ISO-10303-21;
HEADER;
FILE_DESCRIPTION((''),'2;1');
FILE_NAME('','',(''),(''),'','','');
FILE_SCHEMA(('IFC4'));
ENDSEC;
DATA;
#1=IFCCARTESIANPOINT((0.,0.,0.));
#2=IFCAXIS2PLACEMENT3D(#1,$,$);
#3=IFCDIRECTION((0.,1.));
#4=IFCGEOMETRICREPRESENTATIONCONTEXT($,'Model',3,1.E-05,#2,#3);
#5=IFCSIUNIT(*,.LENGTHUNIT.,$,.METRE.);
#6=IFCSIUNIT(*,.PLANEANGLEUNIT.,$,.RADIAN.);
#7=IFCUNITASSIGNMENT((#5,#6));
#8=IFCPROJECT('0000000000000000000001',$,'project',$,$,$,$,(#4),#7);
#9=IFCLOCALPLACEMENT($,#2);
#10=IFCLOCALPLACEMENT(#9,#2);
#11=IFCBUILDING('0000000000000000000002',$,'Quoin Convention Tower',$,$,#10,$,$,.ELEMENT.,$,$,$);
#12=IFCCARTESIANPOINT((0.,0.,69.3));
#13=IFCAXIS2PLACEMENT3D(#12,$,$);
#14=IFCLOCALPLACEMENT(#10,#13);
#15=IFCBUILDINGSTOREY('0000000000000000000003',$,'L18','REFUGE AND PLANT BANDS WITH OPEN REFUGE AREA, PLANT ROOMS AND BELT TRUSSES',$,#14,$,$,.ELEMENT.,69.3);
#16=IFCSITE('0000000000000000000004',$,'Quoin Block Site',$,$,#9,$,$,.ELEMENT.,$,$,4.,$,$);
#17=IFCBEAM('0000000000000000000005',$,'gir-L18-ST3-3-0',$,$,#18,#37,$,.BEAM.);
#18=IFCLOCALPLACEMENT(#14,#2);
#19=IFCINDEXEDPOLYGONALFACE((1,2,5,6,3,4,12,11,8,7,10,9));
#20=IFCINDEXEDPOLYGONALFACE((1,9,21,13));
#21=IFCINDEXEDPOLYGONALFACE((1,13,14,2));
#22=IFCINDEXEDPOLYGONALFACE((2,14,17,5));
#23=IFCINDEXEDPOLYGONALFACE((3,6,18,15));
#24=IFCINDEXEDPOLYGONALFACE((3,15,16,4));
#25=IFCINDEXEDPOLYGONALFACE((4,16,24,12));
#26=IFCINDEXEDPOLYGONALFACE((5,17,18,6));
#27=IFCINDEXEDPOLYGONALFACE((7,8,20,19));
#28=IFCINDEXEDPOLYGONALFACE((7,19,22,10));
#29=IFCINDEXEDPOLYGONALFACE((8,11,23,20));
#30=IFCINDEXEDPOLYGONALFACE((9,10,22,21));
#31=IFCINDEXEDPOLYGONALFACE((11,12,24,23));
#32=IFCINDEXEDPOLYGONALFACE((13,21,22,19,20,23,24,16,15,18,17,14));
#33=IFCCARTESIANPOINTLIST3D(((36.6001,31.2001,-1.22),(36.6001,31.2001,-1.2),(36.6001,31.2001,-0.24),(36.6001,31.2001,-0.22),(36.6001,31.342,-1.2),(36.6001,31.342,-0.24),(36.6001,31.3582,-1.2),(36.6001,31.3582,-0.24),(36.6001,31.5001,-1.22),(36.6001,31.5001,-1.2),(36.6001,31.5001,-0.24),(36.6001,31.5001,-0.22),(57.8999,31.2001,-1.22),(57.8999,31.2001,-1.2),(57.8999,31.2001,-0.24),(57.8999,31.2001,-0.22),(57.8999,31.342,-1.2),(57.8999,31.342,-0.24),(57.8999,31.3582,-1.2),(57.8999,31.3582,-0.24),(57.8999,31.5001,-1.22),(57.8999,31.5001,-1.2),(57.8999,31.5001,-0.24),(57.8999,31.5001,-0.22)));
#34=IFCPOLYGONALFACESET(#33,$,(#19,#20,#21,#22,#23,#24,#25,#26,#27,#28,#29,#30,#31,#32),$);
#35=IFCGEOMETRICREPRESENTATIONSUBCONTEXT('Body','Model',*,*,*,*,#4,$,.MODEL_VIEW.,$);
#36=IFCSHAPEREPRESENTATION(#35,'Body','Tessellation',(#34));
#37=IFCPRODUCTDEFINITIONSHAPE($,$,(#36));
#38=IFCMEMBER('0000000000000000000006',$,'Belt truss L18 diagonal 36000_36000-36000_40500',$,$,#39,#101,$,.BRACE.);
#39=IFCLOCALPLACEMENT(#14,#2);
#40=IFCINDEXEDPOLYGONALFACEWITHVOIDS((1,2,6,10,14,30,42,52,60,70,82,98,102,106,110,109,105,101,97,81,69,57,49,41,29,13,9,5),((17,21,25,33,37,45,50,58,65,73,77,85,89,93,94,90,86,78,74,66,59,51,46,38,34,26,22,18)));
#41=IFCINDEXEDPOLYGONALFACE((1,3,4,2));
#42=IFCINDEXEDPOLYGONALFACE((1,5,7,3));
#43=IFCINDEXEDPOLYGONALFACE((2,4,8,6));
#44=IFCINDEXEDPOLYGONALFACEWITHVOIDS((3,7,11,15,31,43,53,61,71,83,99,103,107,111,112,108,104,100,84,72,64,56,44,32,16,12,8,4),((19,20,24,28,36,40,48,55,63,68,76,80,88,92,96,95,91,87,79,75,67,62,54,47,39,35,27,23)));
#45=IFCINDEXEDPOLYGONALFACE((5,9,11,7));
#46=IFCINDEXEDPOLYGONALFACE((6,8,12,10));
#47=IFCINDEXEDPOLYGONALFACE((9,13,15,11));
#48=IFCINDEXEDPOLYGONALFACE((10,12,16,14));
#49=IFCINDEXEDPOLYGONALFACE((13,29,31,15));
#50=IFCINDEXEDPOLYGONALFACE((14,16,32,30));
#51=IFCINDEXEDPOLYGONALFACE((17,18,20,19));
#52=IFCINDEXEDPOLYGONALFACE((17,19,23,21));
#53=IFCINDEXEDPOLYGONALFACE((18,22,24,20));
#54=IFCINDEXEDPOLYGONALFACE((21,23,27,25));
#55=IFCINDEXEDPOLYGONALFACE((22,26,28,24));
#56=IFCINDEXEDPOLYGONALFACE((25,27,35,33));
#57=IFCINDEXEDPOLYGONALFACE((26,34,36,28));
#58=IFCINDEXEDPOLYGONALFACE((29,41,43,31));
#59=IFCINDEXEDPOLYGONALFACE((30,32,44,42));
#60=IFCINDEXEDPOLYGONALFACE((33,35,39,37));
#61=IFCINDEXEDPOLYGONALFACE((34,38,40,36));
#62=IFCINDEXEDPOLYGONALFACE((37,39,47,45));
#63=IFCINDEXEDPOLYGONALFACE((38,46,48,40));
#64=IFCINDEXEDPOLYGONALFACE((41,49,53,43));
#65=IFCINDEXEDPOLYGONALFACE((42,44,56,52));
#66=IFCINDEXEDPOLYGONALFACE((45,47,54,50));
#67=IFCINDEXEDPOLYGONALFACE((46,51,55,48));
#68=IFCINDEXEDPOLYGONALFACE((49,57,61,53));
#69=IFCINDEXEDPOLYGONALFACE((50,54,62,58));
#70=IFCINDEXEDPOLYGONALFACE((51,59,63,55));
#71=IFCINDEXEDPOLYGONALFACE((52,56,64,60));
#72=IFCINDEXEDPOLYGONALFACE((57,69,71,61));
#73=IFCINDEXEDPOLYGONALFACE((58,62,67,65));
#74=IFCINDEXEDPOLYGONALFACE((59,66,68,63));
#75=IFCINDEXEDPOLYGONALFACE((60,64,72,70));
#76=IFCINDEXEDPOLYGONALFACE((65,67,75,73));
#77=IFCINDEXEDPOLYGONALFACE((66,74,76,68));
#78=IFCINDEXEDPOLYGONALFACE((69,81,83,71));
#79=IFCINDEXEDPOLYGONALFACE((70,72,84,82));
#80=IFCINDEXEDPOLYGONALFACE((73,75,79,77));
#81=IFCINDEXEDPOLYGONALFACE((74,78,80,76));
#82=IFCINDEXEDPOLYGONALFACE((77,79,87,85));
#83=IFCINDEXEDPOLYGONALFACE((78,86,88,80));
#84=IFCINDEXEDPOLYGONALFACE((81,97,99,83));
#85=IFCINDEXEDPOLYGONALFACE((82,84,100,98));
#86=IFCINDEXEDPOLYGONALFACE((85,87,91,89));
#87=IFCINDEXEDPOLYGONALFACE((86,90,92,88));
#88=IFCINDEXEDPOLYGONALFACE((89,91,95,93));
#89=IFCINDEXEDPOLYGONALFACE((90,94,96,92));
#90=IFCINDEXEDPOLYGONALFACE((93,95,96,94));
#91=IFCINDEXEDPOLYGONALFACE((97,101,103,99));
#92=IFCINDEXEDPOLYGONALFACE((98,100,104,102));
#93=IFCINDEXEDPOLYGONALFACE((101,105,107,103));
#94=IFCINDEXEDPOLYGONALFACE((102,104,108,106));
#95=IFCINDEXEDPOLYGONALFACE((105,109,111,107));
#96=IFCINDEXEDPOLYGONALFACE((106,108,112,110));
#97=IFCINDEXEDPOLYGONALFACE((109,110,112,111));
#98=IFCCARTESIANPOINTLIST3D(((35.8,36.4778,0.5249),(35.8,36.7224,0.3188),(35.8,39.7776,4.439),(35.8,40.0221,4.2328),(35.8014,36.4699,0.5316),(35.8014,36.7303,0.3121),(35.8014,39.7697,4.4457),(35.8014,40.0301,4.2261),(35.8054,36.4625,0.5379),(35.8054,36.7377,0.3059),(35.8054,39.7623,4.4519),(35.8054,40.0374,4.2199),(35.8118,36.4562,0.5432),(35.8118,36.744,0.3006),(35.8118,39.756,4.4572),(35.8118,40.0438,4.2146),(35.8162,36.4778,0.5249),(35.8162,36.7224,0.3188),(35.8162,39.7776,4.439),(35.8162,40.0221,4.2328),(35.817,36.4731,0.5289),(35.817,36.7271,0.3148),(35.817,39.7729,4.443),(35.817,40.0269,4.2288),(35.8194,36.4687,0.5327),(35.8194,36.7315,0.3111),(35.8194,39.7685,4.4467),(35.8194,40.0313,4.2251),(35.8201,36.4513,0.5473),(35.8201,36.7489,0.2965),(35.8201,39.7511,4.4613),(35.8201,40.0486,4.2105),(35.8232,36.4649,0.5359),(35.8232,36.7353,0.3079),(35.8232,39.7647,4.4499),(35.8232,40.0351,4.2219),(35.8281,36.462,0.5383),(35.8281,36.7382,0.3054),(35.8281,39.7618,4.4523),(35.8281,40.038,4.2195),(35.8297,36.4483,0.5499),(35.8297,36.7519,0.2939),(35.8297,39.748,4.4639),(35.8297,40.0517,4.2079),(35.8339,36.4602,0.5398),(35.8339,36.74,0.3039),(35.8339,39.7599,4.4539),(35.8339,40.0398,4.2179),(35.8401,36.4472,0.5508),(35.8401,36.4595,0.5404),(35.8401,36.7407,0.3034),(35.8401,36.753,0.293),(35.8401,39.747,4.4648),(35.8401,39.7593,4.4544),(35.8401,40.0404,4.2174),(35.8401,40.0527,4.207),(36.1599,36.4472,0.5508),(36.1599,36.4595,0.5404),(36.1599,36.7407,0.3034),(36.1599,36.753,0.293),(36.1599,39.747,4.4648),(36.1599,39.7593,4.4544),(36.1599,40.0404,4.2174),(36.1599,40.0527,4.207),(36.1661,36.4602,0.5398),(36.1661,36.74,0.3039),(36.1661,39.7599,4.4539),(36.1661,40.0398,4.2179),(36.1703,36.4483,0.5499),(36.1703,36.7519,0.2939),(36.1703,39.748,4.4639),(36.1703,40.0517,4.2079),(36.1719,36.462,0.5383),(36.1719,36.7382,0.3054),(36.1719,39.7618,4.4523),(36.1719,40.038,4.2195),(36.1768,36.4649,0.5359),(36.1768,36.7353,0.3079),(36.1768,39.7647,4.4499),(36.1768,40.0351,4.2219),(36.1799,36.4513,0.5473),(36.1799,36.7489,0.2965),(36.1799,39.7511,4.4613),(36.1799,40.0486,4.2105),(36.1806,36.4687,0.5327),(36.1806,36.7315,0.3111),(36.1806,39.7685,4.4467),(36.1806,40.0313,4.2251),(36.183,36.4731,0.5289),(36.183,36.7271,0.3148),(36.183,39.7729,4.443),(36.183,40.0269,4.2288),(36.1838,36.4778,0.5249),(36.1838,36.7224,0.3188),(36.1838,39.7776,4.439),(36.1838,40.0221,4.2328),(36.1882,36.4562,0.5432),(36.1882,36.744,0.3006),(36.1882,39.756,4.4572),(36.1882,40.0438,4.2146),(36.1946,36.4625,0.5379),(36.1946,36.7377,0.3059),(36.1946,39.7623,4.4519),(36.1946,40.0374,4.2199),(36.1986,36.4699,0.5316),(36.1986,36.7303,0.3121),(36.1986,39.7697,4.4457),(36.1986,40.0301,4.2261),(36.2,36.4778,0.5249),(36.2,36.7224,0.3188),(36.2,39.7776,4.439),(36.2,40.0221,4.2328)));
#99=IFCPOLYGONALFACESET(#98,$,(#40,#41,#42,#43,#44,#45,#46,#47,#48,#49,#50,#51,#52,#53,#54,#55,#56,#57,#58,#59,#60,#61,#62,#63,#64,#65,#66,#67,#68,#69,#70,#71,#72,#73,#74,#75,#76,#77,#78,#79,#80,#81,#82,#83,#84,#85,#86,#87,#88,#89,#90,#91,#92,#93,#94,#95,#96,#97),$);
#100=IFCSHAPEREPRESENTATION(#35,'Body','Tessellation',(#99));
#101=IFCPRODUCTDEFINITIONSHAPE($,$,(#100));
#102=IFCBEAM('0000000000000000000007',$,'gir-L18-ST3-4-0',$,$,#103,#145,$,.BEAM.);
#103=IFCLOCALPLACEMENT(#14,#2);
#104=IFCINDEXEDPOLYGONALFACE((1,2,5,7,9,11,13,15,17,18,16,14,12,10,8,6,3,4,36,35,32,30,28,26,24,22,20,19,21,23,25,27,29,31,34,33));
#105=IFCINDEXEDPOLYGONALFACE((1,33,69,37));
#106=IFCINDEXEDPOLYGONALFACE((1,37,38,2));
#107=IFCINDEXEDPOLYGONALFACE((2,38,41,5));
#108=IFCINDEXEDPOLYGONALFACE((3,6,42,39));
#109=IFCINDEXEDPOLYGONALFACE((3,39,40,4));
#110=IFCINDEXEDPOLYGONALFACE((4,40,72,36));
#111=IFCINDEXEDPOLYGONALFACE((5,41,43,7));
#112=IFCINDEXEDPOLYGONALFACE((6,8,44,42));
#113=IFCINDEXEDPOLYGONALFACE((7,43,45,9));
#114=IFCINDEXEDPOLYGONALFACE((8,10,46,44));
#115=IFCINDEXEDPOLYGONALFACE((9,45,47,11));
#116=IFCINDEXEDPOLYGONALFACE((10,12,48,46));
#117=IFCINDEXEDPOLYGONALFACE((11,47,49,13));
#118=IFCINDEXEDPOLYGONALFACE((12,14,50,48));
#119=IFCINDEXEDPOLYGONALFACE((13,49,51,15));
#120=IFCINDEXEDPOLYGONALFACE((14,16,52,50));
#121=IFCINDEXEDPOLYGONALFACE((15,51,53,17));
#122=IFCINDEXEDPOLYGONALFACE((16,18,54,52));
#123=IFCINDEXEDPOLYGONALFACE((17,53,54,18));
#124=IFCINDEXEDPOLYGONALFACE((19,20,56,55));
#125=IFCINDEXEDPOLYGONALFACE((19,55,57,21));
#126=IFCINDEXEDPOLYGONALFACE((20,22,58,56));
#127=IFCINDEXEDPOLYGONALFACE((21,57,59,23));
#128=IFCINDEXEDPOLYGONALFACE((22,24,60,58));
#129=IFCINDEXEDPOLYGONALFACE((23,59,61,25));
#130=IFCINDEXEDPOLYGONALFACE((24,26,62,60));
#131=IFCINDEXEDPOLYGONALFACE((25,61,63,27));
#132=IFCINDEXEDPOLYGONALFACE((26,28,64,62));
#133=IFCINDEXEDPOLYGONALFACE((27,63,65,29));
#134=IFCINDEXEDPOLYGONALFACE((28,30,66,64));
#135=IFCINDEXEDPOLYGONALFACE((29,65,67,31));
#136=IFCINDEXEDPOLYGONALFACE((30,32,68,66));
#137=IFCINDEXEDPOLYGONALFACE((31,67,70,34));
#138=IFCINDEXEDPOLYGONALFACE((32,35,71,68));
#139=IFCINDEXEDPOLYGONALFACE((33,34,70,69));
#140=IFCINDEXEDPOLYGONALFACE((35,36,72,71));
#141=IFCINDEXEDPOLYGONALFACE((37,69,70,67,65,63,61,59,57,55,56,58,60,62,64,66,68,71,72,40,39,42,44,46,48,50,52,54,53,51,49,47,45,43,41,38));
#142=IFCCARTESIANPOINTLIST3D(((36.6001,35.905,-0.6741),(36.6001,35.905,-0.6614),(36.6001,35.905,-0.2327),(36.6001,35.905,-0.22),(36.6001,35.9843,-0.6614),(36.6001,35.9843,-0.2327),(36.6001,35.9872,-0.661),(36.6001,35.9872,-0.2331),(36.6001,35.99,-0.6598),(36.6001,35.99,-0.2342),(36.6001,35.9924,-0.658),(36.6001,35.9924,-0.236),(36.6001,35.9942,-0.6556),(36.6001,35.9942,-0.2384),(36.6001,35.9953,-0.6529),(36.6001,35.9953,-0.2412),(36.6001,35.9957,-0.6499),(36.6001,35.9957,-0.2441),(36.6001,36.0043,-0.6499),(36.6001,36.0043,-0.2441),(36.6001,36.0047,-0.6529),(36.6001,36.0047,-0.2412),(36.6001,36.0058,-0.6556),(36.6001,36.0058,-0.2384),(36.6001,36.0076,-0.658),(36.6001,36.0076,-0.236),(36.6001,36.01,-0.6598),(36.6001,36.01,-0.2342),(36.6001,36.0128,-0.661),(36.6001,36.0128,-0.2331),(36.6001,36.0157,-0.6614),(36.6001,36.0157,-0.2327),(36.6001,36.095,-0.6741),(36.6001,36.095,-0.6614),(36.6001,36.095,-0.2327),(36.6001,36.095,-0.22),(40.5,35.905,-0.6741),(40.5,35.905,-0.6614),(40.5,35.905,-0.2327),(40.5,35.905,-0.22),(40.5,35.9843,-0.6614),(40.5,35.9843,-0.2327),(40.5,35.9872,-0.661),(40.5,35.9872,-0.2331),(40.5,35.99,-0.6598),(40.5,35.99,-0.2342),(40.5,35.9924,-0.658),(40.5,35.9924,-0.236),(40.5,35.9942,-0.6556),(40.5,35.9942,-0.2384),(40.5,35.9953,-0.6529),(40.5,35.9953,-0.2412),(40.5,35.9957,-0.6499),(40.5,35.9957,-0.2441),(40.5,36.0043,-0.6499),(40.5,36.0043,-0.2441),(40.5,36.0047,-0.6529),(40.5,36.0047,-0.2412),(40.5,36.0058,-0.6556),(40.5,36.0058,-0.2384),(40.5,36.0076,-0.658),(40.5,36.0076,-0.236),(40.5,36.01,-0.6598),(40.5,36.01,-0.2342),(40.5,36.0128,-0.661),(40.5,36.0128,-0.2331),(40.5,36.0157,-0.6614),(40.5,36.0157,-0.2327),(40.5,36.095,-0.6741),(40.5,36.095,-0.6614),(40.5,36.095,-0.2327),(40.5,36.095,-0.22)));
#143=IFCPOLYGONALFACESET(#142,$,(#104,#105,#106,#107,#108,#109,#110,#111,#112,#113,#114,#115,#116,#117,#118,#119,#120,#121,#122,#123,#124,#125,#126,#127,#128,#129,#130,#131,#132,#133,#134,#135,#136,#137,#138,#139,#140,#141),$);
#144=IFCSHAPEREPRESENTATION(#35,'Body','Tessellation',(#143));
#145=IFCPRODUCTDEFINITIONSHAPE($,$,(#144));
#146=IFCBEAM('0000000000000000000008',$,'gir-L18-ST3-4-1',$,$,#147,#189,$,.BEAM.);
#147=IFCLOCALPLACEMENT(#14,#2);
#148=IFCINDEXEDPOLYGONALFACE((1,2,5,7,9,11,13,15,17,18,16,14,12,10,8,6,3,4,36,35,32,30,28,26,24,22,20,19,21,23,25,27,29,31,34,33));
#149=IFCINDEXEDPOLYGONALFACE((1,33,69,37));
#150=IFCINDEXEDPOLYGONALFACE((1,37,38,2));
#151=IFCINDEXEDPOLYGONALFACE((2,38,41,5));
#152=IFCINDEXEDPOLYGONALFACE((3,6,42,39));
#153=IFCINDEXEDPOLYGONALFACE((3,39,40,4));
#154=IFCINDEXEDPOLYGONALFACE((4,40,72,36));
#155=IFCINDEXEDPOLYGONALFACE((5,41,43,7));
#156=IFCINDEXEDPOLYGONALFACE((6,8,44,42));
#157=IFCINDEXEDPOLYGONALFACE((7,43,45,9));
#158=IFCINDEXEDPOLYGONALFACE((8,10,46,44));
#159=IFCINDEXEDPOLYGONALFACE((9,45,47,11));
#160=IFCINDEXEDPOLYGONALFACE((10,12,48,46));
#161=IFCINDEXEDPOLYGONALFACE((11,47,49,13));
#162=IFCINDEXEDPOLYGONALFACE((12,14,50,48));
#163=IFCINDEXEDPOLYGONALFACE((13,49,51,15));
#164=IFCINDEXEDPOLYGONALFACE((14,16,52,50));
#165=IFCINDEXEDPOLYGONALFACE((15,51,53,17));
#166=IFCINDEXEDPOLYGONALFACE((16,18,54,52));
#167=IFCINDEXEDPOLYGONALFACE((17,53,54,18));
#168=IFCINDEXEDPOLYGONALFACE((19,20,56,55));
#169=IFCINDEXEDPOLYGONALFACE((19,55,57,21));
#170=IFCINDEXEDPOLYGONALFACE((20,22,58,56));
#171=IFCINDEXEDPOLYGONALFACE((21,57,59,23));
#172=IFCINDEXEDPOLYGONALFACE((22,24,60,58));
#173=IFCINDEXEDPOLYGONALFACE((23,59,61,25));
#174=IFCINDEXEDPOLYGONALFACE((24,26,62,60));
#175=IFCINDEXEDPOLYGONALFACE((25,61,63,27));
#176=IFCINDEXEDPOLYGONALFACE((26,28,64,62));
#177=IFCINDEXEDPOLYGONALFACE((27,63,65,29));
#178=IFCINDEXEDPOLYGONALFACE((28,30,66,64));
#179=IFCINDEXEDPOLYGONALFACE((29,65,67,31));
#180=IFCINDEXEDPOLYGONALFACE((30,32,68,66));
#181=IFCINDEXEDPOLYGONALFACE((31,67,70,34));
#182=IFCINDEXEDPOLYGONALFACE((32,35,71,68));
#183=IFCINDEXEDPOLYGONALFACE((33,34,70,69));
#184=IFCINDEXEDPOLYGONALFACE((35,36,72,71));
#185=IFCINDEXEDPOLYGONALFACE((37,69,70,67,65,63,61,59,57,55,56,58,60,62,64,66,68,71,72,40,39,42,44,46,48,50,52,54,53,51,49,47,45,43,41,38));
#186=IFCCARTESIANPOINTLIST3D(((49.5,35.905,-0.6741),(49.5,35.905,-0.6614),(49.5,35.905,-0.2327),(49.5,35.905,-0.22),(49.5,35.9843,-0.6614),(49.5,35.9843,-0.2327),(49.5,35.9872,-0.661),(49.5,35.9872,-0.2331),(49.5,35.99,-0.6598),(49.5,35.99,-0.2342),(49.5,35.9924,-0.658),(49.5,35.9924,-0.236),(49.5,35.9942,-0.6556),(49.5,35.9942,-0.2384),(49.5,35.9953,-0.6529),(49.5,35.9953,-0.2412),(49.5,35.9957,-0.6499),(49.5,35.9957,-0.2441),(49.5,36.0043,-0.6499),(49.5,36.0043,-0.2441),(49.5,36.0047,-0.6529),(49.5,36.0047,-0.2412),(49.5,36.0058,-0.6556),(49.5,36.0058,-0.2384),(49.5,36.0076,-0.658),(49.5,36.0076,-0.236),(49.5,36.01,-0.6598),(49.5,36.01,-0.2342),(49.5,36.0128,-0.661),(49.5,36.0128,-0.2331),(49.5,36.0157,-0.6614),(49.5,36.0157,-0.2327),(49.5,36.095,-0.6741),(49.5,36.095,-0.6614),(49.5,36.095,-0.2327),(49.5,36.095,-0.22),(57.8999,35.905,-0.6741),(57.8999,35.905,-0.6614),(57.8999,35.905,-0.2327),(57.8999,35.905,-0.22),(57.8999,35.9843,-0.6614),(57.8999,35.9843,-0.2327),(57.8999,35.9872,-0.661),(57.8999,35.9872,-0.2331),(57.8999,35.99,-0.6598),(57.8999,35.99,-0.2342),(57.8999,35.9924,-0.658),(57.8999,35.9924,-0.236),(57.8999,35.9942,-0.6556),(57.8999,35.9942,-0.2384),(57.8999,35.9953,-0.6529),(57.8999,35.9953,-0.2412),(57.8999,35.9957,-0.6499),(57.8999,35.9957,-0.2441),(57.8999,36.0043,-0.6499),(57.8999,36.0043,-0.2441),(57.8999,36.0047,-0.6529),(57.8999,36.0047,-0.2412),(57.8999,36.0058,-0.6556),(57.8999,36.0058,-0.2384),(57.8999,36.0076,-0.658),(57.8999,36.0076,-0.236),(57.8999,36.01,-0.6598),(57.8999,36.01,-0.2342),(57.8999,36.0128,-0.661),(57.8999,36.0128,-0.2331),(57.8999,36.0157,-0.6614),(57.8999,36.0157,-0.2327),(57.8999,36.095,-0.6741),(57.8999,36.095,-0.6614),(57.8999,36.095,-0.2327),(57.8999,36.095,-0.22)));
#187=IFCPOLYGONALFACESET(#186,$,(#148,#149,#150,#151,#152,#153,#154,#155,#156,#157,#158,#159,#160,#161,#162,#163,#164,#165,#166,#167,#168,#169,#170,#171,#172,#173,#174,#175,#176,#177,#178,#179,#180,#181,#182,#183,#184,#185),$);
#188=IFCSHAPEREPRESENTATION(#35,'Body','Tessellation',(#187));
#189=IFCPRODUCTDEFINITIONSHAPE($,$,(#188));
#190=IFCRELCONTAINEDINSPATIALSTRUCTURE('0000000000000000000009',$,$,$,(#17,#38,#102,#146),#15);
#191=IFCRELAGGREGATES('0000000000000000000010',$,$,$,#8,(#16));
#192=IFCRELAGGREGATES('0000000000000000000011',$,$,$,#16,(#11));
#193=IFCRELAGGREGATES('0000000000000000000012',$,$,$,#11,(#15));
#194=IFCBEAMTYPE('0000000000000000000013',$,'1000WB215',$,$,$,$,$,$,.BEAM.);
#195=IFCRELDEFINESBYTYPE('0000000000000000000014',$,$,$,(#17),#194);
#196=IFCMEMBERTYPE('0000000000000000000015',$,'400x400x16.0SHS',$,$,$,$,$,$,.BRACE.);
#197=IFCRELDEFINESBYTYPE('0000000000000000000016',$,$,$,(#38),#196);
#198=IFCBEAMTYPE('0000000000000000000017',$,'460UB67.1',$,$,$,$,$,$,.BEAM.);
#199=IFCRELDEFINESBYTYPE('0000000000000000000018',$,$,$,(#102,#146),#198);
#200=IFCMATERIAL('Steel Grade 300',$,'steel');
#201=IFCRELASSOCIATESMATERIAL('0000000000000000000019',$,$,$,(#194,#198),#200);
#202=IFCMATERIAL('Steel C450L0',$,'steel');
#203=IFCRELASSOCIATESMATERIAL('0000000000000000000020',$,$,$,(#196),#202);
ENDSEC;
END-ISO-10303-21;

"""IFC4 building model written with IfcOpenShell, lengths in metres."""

from ifc_helpers import new_model, si_unit, direction, frame, origin, origin_2d, place, context, subcontext, project, spatial, hollow_rectangle, i_section, extrude, material, material_profile, profile_set, type_object, element, save


model = new_model("IFC4")

# Units and contexts
model_context = context("Model", 3, precision=1e-05, world=origin(), true_north=direction((0.0, 1.0)))
body_context = subcontext(model_context, "Body", "Model", "MODEL_VIEW")
ifc_project = project(units=[si_unit("LENGTHUNIT", "METRE"), si_unit("PLANEANGLEUNIT", "RADIAN")], contexts=[model_context])

# Site, building, storey
site_placement = place(None, origin())
site = spatial("IfcSite", under=ifc_project, at=site_placement, Name="Quoin Block Site", CompositionType="ELEMENT", RefElevation=4.0)
building_placement = place(site_placement, origin())
building = spatial("IfcBuilding", under=site, at=building_placement, Name="Quoin Convention Tower", CompositionType="ELEMENT")
storey_placement = place(building_placement, frame((0.0, 0.0, 69.3)))
storey = spatial("IfcBuildingStorey", under=building, at=storey_placement, Name="L18", Description="REFUGE AND PLANT BANDS WITH OPEN REFUGE AREA, PLANT ROOMS AND BELT TRUSSES", CompositionType="ELEMENT", Elevation=69.3)

# Beam
ifc_material_1 = material(Name="Steel Grade 300", Category="steel")
ifc_material_profile_1 = material_profile(ifc_material_1, i_section(OverallWidth=0.3, OverallDepth=1.0, WebThickness=0.0161, FlangeThickness=0.02, at=origin_2d()), Name="1000WB215")
ifc_profile_set_1 = profile_set([ifc_material_profile_1], Name="Steel Grade 300")
beam_type_1 = type_object("IfcBeamType", Name="1000WB215", PredefinedType="BEAM", material=ifc_profile_set_1)
beam_1_placement = place(storey_placement, frame((36.6001, 31.3501, -0.72), z_axis=(1.0, 0.0, 0.0), x_axis=(0.0, 1.0, 0.0)))
element("IfcBeam", 1, at=beam_1_placement, inside=storey, type_object=beam_type_1, Name="gir-L18-ST3-3-0", PredefinedType="BEAM", context=body_context, shape_type="SweptSolid", body=[
    extrude(i_section(OverallWidth=0.3, OverallDepth=1.0, WebThickness=0.0161, FlangeThickness=0.02, at=origin_2d()), origin(), (0.0, 0.0, 1.0), 21.2998),
])

# Member
ifc_material_2 = material(Name="Steel C450L0", Category="steel")
ifc_material_profile_2 = material_profile(ifc_material_2, hollow_rectangle(XDim=0.3999, YDim=0.3999, WallThickness=0.0161, InnerFilletRadius=0.0239, OuterFilletRadius=0.04, at=origin_2d()), Name="400x400x16.0SHS")
ifc_profile_set_2 = profile_set([ifc_material_profile_2], Name="Steel C450L0")
member_type_1 = type_object("IfcMemberType", Name="400x400x16.0SHS", PredefinedType="BRACE", material=ifc_profile_set_2)
member_1_placement = place(storey_placement, frame((36.0, 36.6001, 0.4219), z_axis=(0.0, 0.644564, 0.76455), x_axis=(-1.0, 0.0, 0.0)))
element("IfcMember", 2, at=member_1_placement, inside=storey, type_object=member_type_1, Name="Belt truss L18 diagonal 36000_36000-36000_40500", PredefinedType="BRACE", context=body_context, shape_type="SweptSolid", body=[
    extrude(hollow_rectangle(XDim=0.3999, YDim=0.3999, WallThickness=0.0161, InnerFilletRadius=0.0239, OuterFilletRadius=0.04, at=origin_2d()), origin(), (0.0, 0.0, 1.0), 5.1194),
])

# Beams
ifc_material_profile_3 = material_profile(ifc_material_1, i_section(OverallWidth=0.1899, OverallDepth=0.4541, WebThickness=0.0085, FlangeThickness=0.0127, FilletRadius=0.0115, at=origin_2d()), Name="460UB67.1")
ifc_profile_set_3 = profile_set([ifc_material_profile_3], Name="Steel Grade 300")
beam_type_2 = type_object("IfcBeamType", Name="460UB67.1", PredefinedType="BEAM", material=ifc_profile_set_3)
beam_2_placement = place(storey_placement, frame((36.6001, 36.0, -0.447), z_axis=(1.0, 0.0, 0.0), x_axis=(0.0, 1.0, 0.0)))
element("IfcBeam", 3, at=beam_2_placement, inside=storey, type_object=beam_type_2, Name="gir-L18-ST3-4-0", PredefinedType="BEAM", context=body_context, shape_type="SweptSolid", body=[
    extrude(i_section(OverallWidth=0.1899, OverallDepth=0.4541, WebThickness=0.0085, FlangeThickness=0.0127, FilletRadius=0.0115, at=origin_2d()), origin(), (0.0, 0.0, 1.0), 3.8999),
])
beam_3_placement = place(storey_placement, frame((49.5, 36.0, -0.447), z_axis=(1.0, 0.0, 0.0), x_axis=(0.0, 1.0, 0.0)))
element("IfcBeam", 4, at=beam_3_placement, inside=storey, type_object=beam_type_2, Name="gir-L18-ST3-4-1", PredefinedType="BEAM", context=body_context, shape_type="SweptSolid", body=[
    extrude(i_section(OverallWidth=0.1899, OverallDepth=0.4541, WebThickness=0.0085, FlangeThickness=0.0127, FilletRadius=0.0115, at=origin_2d()), origin(), (0.0, 0.0, 1.0), 8.3999),
])

save(model, "model.ifc")
